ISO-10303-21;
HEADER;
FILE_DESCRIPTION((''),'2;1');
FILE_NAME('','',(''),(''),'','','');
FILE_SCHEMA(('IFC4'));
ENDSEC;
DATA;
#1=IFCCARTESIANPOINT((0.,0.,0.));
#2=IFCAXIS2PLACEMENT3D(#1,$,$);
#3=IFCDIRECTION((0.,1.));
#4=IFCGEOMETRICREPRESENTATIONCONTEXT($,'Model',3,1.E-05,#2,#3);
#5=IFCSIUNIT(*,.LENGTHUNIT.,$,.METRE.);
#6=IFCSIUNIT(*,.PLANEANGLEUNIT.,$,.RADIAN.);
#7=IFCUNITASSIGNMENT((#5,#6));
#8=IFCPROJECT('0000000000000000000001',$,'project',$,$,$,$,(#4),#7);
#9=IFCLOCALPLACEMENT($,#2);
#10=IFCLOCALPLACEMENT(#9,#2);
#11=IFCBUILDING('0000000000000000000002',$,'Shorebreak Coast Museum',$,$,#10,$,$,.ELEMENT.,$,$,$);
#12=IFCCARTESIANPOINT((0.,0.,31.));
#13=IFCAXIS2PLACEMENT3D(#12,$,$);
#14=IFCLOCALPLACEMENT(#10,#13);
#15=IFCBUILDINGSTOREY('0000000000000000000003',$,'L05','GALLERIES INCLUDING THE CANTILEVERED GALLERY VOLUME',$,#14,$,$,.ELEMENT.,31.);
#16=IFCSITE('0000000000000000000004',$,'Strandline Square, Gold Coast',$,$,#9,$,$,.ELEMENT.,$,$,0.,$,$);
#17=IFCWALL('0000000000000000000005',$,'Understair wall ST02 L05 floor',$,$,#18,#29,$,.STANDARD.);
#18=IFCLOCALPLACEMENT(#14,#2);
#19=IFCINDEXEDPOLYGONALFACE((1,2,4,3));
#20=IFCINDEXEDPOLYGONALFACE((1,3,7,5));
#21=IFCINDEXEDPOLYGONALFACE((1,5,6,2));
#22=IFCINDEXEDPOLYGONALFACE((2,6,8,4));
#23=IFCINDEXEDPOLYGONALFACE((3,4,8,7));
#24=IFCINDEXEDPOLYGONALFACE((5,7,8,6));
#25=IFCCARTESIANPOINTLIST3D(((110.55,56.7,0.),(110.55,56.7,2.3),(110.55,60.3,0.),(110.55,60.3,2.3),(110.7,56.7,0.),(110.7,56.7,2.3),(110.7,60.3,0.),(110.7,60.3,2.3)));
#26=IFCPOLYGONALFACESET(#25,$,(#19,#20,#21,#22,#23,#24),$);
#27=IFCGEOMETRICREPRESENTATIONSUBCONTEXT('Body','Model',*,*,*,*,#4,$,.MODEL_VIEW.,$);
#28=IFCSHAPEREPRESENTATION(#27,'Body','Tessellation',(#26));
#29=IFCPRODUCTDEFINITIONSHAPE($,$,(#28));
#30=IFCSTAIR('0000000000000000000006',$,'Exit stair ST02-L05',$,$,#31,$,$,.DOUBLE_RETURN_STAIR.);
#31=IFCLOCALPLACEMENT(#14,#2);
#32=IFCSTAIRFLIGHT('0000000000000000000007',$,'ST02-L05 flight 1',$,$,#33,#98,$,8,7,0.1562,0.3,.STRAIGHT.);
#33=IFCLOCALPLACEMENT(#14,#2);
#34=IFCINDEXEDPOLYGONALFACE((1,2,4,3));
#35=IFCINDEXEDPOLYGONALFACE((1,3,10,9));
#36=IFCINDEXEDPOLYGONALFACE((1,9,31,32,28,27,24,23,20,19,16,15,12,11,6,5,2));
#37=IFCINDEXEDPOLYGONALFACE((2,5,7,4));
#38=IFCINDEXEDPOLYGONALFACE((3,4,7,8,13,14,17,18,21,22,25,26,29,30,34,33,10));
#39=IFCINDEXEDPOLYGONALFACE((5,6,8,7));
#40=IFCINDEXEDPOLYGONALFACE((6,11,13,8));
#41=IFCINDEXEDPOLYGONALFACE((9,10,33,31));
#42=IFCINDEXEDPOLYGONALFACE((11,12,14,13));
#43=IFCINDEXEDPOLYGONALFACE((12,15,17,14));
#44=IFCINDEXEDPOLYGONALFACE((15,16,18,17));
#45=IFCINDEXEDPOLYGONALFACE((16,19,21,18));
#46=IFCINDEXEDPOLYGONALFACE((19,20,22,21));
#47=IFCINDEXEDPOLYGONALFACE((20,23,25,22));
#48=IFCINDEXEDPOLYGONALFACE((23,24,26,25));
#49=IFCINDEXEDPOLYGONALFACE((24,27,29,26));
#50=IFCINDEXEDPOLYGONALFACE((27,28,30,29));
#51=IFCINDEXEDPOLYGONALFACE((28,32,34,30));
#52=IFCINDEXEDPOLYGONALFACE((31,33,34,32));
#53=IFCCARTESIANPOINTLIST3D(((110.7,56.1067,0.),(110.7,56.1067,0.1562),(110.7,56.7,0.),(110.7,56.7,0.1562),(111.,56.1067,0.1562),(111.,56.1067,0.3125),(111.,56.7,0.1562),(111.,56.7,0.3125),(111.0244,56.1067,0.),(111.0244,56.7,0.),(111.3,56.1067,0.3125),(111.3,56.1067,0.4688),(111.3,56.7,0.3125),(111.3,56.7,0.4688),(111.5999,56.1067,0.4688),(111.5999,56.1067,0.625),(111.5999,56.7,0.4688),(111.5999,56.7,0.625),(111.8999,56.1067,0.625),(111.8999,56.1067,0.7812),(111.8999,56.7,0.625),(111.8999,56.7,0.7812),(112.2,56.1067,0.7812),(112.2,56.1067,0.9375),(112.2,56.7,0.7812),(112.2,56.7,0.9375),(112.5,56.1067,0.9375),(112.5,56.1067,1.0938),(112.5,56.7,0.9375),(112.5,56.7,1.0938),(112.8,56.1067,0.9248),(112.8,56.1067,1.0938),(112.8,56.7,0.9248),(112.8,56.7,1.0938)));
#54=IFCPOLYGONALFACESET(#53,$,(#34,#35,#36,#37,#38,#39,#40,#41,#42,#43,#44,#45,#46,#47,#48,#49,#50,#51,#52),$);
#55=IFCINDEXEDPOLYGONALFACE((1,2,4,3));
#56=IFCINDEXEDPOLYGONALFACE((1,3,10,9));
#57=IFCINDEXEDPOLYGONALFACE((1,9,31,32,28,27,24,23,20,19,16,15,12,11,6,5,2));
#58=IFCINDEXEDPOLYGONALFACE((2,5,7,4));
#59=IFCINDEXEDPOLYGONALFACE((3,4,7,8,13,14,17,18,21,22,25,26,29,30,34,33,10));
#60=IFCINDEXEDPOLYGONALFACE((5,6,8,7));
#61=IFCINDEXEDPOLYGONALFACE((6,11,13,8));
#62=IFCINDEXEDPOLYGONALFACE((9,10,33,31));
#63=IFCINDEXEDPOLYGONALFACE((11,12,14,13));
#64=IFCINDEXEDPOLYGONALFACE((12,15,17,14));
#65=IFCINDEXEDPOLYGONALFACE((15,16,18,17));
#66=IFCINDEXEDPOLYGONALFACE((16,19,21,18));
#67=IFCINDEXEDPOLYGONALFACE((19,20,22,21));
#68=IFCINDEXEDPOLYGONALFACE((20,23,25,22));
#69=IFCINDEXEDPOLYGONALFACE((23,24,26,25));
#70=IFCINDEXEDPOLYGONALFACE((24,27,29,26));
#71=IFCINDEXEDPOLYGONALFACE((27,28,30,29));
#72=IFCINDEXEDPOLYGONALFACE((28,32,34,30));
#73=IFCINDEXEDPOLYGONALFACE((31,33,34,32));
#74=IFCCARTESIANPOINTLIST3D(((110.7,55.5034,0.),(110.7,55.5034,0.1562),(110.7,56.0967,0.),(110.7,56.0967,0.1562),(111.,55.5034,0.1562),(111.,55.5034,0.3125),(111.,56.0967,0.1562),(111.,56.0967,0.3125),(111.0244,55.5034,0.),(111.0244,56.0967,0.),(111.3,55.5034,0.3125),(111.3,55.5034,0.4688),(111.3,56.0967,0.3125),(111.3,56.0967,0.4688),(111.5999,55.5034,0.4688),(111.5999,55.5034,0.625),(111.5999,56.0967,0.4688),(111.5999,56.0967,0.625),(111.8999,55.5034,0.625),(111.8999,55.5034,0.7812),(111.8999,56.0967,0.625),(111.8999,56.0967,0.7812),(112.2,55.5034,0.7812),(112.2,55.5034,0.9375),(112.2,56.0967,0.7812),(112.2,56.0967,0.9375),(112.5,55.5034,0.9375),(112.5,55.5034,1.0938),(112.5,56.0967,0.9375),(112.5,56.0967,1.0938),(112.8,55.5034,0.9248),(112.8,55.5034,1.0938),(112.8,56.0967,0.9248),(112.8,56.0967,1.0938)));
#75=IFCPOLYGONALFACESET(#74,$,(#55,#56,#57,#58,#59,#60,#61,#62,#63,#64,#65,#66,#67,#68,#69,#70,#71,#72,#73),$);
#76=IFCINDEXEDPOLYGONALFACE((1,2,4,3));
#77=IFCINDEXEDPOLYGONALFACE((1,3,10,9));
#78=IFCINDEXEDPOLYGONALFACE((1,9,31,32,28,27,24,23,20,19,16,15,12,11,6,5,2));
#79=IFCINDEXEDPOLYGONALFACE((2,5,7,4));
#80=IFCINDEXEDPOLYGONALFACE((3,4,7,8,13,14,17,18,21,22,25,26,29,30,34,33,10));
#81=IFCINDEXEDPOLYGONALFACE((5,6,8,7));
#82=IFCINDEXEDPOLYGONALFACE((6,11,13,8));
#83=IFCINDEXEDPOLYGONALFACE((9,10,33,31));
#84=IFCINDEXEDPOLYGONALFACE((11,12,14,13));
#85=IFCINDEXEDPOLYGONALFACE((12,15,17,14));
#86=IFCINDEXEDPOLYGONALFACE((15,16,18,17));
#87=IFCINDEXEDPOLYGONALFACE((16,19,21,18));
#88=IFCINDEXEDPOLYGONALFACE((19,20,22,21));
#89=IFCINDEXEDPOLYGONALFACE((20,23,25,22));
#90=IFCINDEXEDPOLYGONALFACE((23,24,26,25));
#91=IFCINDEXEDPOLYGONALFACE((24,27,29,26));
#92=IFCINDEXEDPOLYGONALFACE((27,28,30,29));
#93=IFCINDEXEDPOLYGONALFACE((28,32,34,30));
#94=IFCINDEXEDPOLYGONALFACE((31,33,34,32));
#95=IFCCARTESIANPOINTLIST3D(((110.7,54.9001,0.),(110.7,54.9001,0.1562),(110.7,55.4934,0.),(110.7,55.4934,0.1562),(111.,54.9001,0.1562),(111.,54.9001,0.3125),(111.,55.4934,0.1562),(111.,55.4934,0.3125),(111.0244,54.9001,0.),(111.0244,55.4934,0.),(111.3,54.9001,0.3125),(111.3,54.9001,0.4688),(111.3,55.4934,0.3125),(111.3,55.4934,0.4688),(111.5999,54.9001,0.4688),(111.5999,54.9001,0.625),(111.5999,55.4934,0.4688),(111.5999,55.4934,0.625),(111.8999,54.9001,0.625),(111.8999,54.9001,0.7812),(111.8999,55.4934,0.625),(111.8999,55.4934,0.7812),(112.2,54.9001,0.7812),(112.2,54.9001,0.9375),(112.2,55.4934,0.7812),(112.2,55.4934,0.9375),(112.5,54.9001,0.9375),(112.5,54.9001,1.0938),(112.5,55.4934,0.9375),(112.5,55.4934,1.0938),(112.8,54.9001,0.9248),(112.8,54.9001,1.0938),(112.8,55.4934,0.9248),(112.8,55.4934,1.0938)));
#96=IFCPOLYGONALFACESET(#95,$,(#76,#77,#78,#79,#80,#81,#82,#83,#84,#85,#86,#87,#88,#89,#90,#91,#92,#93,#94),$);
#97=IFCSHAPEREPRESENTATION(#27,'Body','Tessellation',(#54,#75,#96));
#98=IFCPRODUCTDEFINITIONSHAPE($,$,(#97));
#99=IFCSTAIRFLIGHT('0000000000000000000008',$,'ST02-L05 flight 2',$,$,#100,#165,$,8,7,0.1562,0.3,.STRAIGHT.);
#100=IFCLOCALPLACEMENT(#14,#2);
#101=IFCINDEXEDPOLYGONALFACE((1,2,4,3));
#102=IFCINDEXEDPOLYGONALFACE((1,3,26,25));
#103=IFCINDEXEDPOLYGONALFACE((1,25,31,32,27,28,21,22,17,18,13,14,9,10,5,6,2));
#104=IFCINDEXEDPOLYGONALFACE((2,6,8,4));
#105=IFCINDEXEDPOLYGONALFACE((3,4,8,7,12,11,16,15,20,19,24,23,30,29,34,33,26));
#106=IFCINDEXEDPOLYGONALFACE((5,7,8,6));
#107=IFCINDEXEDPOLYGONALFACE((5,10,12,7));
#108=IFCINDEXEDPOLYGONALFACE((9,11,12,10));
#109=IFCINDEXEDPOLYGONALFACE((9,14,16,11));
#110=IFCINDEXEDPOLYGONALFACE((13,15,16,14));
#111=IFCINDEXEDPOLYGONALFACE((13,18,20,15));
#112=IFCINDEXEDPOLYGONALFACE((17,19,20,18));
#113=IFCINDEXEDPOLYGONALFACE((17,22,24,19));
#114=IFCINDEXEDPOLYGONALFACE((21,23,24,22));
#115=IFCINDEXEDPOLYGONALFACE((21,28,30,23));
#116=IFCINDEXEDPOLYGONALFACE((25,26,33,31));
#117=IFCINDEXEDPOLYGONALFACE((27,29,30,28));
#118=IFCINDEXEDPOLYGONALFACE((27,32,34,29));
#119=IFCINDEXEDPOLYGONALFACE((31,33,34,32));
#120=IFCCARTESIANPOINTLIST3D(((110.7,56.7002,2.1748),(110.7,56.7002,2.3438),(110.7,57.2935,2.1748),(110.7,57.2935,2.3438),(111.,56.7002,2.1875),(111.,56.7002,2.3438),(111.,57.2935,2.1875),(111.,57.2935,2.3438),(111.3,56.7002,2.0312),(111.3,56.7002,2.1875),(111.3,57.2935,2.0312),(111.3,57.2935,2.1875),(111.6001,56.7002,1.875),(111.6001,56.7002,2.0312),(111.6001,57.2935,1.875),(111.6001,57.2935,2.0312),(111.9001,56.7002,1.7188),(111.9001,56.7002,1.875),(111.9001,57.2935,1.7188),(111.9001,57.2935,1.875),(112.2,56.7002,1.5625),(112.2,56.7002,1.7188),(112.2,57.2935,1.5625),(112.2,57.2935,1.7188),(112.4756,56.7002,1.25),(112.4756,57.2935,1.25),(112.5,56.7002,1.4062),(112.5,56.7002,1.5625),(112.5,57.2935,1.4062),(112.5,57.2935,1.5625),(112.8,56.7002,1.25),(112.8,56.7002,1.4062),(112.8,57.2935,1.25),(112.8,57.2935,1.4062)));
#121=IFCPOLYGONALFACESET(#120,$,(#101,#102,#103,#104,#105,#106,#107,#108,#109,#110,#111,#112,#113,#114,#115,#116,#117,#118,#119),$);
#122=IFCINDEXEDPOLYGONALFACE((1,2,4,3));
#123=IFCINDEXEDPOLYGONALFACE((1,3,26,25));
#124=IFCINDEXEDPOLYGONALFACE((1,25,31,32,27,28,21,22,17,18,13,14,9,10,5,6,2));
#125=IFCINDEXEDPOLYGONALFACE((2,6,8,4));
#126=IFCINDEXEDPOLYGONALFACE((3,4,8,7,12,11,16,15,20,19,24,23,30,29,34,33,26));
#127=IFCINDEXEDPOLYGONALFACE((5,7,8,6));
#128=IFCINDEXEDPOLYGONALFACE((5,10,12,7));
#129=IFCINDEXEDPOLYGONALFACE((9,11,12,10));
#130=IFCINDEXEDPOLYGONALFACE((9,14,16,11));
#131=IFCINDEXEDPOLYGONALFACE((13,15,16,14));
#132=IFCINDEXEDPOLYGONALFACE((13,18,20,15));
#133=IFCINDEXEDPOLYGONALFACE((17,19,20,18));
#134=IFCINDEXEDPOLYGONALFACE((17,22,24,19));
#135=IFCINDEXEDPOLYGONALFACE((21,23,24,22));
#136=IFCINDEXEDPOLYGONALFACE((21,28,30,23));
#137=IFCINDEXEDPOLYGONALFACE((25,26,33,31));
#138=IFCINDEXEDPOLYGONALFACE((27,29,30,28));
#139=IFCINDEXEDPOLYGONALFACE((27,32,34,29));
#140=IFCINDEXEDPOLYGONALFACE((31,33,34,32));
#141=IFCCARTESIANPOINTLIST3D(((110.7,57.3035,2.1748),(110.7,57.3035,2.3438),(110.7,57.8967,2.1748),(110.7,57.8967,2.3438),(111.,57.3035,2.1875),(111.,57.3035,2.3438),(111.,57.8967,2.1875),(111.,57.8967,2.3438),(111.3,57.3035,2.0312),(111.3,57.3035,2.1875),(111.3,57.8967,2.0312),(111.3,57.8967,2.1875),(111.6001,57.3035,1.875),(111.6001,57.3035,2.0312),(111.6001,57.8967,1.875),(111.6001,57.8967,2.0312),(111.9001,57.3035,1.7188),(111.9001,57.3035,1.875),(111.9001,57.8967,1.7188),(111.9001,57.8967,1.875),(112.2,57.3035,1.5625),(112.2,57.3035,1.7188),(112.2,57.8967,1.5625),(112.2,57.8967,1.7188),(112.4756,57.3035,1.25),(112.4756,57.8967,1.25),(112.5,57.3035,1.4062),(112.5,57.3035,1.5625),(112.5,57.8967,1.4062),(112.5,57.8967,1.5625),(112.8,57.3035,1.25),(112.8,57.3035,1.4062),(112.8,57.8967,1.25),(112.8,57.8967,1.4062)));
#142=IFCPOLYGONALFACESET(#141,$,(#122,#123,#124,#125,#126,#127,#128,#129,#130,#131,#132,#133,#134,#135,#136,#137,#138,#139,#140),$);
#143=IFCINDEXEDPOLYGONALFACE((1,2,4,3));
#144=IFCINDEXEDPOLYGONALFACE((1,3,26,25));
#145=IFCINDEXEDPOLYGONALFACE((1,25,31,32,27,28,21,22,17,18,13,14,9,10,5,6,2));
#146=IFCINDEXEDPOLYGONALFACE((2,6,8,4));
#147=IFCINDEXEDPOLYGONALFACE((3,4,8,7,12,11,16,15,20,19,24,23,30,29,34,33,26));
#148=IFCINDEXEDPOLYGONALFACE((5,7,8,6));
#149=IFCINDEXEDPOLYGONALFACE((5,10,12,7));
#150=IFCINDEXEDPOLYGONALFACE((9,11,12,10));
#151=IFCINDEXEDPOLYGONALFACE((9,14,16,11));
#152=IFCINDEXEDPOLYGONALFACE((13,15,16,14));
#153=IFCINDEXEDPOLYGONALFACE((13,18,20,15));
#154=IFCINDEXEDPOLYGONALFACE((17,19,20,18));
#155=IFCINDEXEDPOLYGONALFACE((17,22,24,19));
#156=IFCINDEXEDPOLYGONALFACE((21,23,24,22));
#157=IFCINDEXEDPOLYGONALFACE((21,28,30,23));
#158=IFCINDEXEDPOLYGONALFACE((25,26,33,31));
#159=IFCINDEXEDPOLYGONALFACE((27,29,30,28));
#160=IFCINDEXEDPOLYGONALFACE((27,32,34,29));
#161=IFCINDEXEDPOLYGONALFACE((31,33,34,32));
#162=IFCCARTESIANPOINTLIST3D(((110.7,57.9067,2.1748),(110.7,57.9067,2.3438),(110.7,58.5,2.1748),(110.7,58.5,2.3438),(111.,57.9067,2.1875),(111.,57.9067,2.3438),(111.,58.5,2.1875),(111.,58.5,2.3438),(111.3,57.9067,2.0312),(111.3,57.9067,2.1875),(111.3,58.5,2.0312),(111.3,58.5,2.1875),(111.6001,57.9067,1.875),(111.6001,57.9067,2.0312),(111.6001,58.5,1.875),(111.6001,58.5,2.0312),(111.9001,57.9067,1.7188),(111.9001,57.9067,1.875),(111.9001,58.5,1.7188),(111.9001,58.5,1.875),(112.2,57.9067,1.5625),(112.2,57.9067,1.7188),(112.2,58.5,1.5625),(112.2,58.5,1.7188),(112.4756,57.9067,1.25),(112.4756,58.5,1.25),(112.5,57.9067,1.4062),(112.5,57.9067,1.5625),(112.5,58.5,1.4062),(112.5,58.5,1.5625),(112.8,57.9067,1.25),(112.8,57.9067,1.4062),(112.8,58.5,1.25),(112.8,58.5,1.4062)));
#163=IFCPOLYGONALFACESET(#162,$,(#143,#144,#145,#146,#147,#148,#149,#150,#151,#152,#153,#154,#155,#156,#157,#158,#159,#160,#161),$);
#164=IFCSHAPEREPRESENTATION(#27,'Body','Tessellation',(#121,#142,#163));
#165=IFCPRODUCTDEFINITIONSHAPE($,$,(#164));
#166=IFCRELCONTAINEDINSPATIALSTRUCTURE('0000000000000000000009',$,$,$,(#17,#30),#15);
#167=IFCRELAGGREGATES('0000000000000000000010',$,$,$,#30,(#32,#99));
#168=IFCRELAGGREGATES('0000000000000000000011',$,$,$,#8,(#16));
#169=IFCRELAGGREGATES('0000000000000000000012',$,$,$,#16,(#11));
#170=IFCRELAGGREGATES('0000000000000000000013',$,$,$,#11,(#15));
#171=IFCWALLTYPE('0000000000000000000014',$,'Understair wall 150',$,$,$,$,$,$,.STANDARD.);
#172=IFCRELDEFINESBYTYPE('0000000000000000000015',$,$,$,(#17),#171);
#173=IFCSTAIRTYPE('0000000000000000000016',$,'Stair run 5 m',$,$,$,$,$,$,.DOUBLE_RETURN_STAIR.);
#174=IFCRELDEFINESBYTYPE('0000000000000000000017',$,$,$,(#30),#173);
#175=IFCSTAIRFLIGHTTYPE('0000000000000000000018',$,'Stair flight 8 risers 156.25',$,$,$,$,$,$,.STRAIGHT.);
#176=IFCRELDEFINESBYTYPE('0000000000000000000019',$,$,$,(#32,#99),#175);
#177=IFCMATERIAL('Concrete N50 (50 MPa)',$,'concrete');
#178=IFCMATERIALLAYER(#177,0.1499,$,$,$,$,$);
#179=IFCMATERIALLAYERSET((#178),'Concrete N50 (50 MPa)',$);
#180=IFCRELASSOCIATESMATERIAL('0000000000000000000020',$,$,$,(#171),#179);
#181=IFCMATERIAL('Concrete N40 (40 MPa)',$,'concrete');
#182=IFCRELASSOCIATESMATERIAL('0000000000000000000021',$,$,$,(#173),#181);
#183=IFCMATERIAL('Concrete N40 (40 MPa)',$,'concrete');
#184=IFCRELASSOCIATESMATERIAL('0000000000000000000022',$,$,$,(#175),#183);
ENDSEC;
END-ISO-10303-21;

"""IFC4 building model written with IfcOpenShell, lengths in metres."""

from ifc_helpers import new_model, si_unit, direction, frame, frame_2d, origin, place, context, subcontext, project, spatial, polyline, rectangle, outline, extrude, material, layer, layer_set, type_object, element, aggregate, save


model = new_model("IFC4")

# Units and contexts
model_context = context("Model", 3, precision=1e-05, world=origin(), true_north=direction((0.0, 1.0)))
body_context = subcontext(model_context, "Body", "Model", "MODEL_VIEW")
ifc_project = project(units=[si_unit("LENGTHUNIT", "METRE"), si_unit("PLANEANGLEUNIT", "RADIAN")], contexts=[model_context])

# Site, building, storey
site_placement = place(None, origin())
site = spatial("IfcSite", under=ifc_project, at=site_placement, Name="Strandline Square, Gold Coast", CompositionType="ELEMENT", RefElevation=0.0)
building_placement = place(site_placement, origin())
building = spatial("IfcBuilding", under=site, at=building_placement, Name="Shorebreak Coast Museum", CompositionType="ELEMENT")
storey_placement = place(building_placement, frame((0.0, 0.0, 31.0)))
storey = spatial("IfcBuildingStorey", under=building, at=storey_placement, Name="L05", Description="GALLERIES INCLUDING THE CANTILEVERED GALLERY VOLUME", CompositionType="ELEMENT", Elevation=31.0)

# Wall
ifc_material_1 = material(Name="Concrete N50 (50 MPa)", Category="concrete")
ifc_layer_1 = layer(ifc_material_1, 0.1499)
ifc_layer_set_1 = layer_set([ifc_layer_1], Name="Concrete N50 (50 MPa)")
wall_type_1 = type_object("IfcWallType", Name="Understair wall 150", PredefinedType="STANDARD", material=ifc_layer_set_1)
wall_1_placement = place(storey_placement, frame((110.625, 56.7, 0.0), z_axis=(0.0, 0.0, 1.0), x_axis=(0.0, 1.0, 0.0)))
element("IfcWall", 1, at=wall_1_placement, inside=storey, type_object=wall_type_1, Name="Understair wall ST02 L05 floor", PredefinedType="STANDARD", context=body_context, shape_type="SweptSolid", body=[
    extrude(rectangle(XDim=3.6001, YDim=0.1499, at=frame_2d((1.8, 0.0))), origin(), (0.0, 0.0, 1.0), 2.3),
])

# Stair, stair flights
ifc_material_2 = material(Name="Concrete N40 (40 MPa)", Category="concrete")
stair_type = type_object("IfcStairType", Name="Stair run 5 m", PredefinedType="DOUBLE_RETURN_STAIR", material=ifc_material_2)
stair_placement = place(storey_placement, origin())
stair = element("IfcStair", 2, at=stair_placement, inside=storey, type_object=stair_type, Name="Exit stair ST02-L05", PredefinedType="DOUBLE_RETURN_STAIR")
ifc_material_3 = material(Name="Concrete N40 (40 MPa)", Category="concrete")
stair_flight_type = type_object("IfcStairFlightType", Name="Stair flight 8 risers 156.25", PredefinedType="STRAIGHT", material=ifc_material_3)
stair_flight_1_placement = place(storey_placement, frame((110.7, 55.8, 0.0), z_axis=(0.0, 0.0, 1.0), x_axis=(1.0, 0.0, 0.0)))
stair_flight_1 = element("IfcStairFlight", 3, at=stair_flight_1_placement, type_object=stair_flight_type, Name="ST02-L05 flight 1", NumberOfRisers=8, NumberOfTreads=7, PredefinedType="STRAIGHT", RiserHeight=0.1562, TreadLength=0.3, context=body_context, shape_type="SweptSolid", body=[
    extrude(outline(polyline([(0.0, 0.0), (0.0, 0.1562), (0.3, 0.1562), (0.3, 0.3125), (0.6001, 0.3125), (0.6001, 0.4688), (0.8999, 0.4688), (0.8999, 0.625), (1.2, 0.625), (1.2, 0.7812), (1.5, 0.7812), (1.5, 0.9375), (1.8, 0.9375), (1.8, 1.0938), (2.1001, 1.0938), (2.1001, 1.25), (2.1001, 0.9248), (0.3245, 0.0), (0.0, 0.0)])), frame((0.0, 0.8999, 0.0), z_axis=(0.0, -1.0, 0.0), x_axis=(1.0, 0.0, 0.0)), (0.0, 0.0, 1.0), 0.5933),
    extrude(outline(polyline([(0.0, 0.0), (0.0, 0.1562), (0.3, 0.1562), (0.3, 0.3125), (0.6001, 0.3125), (0.6001, 0.4688), (0.8999, 0.4688), (0.8999, 0.625), (1.2, 0.625), (1.2, 0.7812), (1.5, 0.7812), (1.5, 0.9375), (1.8, 0.9375), (1.8, 1.0938), (2.1001, 1.0938), (2.1001, 1.25), (2.1001, 0.9248), (0.3245, 0.0), (0.0, 0.0)])), frame((0.0, 0.2966, 0.0), z_axis=(0.0, -1.0, 0.0), x_axis=(1.0, 0.0, 0.0)), (0.0, 0.0, 1.0), 0.5933),
    extrude(outline(polyline([(0.0, 0.0), (0.0, 0.1562), (0.3, 0.1562), (0.3, 0.3125), (0.6001, 0.3125), (0.6001, 0.4688), (0.8999, 0.4688), (0.8999, 0.625), (1.2, 0.625), (1.2, 0.7812), (1.5, 0.7812), (1.5, 0.9375), (1.8, 0.9375), (1.8, 1.0938), (2.1001, 1.0938), (2.1001, 1.25), (2.1001, 0.9248), (0.3245, 0.0), (0.0, 0.0)])), frame((0.0, -0.3066, 0.0), z_axis=(0.0, -1.0, 0.0), x_axis=(1.0, 0.0, 0.0)), (0.0, 0.0, 1.0), 0.5933),
])
stair_flight_2_placement = place(storey_placement, frame((112.8, 57.6001, 1.25), z_axis=(0.0, 0.0, 1.0), x_axis=(-1.0, 0.0, 0.0)))
stair_flight_2 = element("IfcStairFlight", 4, at=stair_flight_2_placement, type_object=stair_flight_type, Name="ST02-L05 flight 2", NumberOfRisers=8, NumberOfTreads=7, PredefinedType="STRAIGHT", RiserHeight=0.1562, TreadLength=0.3, context=body_context, shape_type="SweptSolid", body=[
    extrude(outline(polyline([(0.0, 0.0), (0.0, 0.1562), (0.3, 0.1562), (0.3, 0.3125), (0.6001, 0.3125), (0.6001, 0.4688), (0.8999, 0.4688), (0.8999, 0.625), (1.2, 0.625), (1.2, 0.7812), (1.5, 0.7812), (1.5, 0.9375), (1.8, 0.9375), (1.8, 1.0938), (2.1001, 1.0938), (2.1001, 1.25), (2.1001, 0.9248), (0.3245, 0.0), (0.0, 0.0)])), frame((0.0, 0.8999, 0.0), z_axis=(0.0, -1.0, 0.0), x_axis=(1.0, 0.0, 0.0)), (0.0, 0.0, 1.0), 0.5933),
    extrude(outline(polyline([(0.0, 0.0), (0.0, 0.1562), (0.3, 0.1562), (0.3, 0.3125), (0.6001, 0.3125), (0.6001, 0.4688), (0.8999, 0.4688), (0.8999, 0.625), (1.2, 0.625), (1.2, 0.7812), (1.5, 0.7812), (1.5, 0.9375), (1.8, 0.9375), (1.8, 1.0938), (2.1001, 1.0938), (2.1001, 1.25), (2.1001, 0.9248), (0.3245, 0.0), (0.0, 0.0)])), frame((0.0, 0.2966, 0.0), z_axis=(0.0, -1.0, 0.0), x_axis=(1.0, 0.0, 0.0)), (0.0, 0.0, 1.0), 0.5933),
    extrude(outline(polyline([(0.0, 0.0), (0.0, 0.1562), (0.3, 0.1562), (0.3, 0.3125), (0.6001, 0.3125), (0.6001, 0.4688), (0.8999, 0.4688), (0.8999, 0.625), (1.2, 0.625), (1.2, 0.7812), (1.5, 0.7812), (1.5, 0.9375), (1.8, 0.9375), (1.8, 1.0938), (2.1001, 1.0938), (2.1001, 1.25), (2.1001, 0.9248), (0.3245, 0.0), (0.0, 0.0)])), frame((0.0, -0.3066, 0.0), z_axis=(0.0, -1.0, 0.0), x_axis=(1.0, 0.0, 0.0)), (0.0, 0.0, 1.0), 0.5933),
])
aggregate(stair, [stair_flight_1, stair_flight_2])

save(model, "model.ifc")
